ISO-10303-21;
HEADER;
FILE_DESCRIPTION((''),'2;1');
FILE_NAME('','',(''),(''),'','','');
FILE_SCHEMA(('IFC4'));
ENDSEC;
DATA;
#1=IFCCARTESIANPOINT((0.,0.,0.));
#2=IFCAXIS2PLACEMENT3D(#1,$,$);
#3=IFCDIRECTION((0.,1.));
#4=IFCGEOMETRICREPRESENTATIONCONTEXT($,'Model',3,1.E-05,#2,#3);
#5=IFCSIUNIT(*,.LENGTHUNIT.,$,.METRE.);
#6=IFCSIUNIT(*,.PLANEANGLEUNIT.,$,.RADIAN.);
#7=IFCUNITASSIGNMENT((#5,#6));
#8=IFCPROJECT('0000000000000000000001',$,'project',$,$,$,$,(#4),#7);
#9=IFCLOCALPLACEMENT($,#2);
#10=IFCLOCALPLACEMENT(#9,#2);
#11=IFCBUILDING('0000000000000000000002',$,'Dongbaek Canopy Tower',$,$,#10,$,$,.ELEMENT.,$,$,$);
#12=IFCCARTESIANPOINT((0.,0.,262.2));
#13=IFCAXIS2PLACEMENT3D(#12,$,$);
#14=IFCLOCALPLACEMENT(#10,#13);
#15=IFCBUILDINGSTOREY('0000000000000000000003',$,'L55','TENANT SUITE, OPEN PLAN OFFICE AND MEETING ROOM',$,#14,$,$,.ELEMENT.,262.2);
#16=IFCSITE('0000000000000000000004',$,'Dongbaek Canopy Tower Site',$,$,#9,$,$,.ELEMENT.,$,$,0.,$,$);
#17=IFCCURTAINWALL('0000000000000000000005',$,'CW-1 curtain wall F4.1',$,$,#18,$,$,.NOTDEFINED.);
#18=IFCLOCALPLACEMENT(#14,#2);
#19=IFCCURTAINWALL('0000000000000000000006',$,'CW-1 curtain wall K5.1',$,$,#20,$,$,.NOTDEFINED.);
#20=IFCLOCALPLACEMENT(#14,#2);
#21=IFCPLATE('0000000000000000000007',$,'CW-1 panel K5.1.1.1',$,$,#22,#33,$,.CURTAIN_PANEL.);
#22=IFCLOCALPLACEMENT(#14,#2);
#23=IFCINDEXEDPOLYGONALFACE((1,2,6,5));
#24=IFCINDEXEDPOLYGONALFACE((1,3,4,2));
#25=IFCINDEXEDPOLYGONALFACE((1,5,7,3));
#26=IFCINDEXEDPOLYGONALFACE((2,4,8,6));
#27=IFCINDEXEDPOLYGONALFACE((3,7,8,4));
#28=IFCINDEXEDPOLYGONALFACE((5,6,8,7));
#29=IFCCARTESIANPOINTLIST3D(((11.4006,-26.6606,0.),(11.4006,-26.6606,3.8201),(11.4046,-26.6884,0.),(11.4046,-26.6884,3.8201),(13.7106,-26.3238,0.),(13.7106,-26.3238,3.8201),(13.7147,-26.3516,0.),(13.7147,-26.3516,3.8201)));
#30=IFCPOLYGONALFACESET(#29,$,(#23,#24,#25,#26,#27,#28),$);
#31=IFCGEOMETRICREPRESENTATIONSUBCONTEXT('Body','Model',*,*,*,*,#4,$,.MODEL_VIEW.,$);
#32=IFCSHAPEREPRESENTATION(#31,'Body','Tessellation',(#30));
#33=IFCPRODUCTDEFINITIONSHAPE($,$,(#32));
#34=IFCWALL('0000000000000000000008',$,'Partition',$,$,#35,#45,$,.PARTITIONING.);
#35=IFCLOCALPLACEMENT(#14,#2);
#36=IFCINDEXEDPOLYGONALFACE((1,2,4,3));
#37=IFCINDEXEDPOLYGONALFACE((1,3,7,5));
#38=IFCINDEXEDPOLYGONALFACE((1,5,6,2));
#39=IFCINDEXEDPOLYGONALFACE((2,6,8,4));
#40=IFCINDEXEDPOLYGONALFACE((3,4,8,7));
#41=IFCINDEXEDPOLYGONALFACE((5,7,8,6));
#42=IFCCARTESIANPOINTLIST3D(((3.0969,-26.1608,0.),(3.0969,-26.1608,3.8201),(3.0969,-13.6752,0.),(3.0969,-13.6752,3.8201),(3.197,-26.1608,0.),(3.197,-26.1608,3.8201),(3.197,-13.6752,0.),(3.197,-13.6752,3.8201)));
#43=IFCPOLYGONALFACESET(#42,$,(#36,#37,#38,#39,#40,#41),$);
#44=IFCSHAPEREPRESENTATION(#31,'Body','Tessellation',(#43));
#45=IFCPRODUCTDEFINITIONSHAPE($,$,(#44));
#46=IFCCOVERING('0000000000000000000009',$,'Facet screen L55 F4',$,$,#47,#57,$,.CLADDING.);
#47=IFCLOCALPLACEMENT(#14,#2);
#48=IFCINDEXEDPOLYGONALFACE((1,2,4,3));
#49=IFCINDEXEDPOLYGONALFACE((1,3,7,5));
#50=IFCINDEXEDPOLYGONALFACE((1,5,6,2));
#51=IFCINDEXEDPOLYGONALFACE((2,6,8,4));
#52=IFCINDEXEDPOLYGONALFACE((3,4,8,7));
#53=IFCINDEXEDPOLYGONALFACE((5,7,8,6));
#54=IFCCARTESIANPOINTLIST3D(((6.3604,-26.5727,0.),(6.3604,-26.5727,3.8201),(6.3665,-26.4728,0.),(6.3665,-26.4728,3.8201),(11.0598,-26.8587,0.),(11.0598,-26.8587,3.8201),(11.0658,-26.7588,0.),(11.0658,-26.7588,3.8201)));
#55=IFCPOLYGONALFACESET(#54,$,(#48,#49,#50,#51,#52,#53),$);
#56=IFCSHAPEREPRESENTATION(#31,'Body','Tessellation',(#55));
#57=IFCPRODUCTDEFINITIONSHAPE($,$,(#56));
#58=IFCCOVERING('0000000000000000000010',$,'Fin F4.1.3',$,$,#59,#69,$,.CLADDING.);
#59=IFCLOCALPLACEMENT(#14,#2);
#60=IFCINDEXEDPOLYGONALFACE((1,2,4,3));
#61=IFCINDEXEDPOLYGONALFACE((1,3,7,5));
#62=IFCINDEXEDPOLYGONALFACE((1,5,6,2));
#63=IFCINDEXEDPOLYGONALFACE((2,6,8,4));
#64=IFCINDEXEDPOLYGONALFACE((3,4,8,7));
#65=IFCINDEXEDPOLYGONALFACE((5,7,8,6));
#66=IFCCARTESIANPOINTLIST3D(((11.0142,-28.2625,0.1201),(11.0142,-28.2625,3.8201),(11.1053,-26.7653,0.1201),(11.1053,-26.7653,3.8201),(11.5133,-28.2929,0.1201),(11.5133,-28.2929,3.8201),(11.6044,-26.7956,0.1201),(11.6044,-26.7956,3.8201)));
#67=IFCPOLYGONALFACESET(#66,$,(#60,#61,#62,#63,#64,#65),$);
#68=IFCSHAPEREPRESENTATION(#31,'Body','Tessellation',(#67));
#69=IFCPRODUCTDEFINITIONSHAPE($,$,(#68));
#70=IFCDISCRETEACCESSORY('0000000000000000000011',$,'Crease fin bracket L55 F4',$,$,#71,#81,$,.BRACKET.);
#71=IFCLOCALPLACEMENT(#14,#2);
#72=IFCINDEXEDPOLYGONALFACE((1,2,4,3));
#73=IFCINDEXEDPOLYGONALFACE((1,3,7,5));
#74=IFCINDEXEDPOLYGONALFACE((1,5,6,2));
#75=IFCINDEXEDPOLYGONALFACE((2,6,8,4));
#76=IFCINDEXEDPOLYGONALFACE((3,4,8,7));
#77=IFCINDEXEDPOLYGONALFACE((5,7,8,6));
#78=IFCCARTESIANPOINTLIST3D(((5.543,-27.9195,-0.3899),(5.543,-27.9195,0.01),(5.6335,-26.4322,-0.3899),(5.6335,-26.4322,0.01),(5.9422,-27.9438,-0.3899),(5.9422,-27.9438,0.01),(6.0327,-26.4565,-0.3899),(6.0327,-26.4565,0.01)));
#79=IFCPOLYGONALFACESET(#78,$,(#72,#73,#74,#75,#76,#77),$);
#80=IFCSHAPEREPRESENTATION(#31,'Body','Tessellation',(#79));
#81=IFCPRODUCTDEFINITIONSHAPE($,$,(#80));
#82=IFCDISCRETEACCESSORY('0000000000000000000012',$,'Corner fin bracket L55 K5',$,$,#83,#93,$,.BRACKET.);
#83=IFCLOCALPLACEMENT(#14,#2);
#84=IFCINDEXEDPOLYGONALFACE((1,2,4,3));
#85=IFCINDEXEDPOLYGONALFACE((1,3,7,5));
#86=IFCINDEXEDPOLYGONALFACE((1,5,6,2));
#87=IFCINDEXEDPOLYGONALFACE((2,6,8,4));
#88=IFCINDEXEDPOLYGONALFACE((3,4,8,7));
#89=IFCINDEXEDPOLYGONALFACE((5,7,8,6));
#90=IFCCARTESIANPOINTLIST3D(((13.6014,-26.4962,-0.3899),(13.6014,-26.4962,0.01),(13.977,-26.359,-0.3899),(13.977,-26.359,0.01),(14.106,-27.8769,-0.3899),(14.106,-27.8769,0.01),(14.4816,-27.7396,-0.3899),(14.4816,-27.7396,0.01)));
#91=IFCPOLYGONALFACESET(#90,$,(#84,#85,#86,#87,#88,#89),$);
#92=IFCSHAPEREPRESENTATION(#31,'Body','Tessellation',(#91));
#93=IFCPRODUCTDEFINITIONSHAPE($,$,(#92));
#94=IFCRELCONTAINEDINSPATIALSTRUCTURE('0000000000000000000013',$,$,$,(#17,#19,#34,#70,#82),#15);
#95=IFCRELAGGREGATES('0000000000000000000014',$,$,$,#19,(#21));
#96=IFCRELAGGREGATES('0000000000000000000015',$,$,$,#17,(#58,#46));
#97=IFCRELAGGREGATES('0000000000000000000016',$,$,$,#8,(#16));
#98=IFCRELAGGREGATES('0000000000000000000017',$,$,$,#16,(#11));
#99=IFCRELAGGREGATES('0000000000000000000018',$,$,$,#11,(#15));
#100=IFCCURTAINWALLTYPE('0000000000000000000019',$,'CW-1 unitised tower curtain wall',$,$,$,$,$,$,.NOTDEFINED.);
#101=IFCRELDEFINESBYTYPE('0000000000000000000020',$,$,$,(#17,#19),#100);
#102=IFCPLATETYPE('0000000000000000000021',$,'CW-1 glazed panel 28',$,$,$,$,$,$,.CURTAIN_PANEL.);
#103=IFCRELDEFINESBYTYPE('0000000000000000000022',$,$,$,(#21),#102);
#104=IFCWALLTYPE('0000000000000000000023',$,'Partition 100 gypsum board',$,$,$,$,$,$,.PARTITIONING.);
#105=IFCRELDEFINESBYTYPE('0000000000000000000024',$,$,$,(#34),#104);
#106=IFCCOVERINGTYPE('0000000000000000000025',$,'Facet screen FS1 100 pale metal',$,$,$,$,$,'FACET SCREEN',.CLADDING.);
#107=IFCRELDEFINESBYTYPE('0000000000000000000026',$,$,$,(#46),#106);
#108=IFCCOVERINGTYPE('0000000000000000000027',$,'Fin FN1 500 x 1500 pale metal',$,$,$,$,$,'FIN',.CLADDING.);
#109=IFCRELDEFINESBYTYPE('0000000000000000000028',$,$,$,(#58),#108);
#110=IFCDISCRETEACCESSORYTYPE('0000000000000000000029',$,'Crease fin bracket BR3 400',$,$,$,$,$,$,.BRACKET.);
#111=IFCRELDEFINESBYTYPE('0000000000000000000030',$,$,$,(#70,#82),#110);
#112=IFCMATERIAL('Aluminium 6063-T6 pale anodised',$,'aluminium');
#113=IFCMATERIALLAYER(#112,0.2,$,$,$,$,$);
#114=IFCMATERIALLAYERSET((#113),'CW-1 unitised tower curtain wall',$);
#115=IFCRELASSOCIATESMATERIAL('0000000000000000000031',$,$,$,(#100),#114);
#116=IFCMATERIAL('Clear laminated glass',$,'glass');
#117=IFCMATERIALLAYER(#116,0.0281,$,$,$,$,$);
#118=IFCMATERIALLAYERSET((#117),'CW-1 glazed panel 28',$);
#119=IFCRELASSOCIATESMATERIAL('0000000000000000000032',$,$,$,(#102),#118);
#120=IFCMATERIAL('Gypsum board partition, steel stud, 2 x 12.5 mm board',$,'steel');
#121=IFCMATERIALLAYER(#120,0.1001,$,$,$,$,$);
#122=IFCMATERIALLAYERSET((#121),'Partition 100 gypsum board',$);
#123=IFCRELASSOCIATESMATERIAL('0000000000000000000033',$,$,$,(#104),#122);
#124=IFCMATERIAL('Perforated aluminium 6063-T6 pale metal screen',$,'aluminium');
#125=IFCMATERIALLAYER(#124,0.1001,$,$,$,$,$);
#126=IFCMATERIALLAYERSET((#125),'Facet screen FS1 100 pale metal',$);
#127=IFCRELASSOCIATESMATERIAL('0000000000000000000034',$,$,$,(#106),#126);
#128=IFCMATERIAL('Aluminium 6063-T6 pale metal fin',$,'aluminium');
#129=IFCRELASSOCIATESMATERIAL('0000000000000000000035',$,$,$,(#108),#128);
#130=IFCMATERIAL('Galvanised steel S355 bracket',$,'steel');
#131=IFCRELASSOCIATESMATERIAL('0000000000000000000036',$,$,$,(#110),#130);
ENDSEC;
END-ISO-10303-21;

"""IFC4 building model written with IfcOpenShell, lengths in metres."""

from ifc_helpers import new_model, si_unit, direction, frame, frame_2d, origin, origin_2d, place, context, subcontext, project, spatial, rectangle, extrude, material, layer, layer_set, material_profile, profile_set, type_object, element, aggregate, save


model = new_model("IFC4")

# Units and contexts
model_context = context("Model", 3, precision=1e-05, world=origin(), true_north=direction((0.0, 1.0)))
body_context = subcontext(model_context, "Body", "Model", "MODEL_VIEW")
ifc_project = project(units=[si_unit("LENGTHUNIT", "METRE"), si_unit("PLANEANGLEUNIT", "RADIAN")], contexts=[model_context])

# Site, building, storey
site_placement = place(None, origin())
site = spatial("IfcSite", under=ifc_project, at=site_placement, Name="Dongbaek Canopy Tower Site", CompositionType="ELEMENT", RefElevation=0.0)
building_placement = place(site_placement, origin())
building = spatial("IfcBuilding", under=site, at=building_placement, Name="Dongbaek Canopy Tower", CompositionType="ELEMENT")
storey_placement = place(building_placement, frame((0.0, 0.0, 262.2)))
storey = spatial("IfcBuildingStorey", under=building, at=storey_placement, Name="L55", Description="TENANT SUITE, OPEN PLAN OFFICE AND MEETING ROOM", CompositionType="ELEMENT", Elevation=262.2)

# Curtain wall
ifc_material_1 = material(Name="Aluminium 6063-T6 pale anodised", Category="aluminium")
ifc_layer_1 = layer(ifc_material_1, 0.2)
ifc_layer_set_1 = layer_set([ifc_layer_1], Name="CW-1 unitised tower curtain wall")
curtain_wall_type = type_object("IfcCurtainWallType", Name="CW-1 unitised tower curtain wall", PredefinedType="NOTDEFINED", material=ifc_layer_set_1)
curtain_wall_1_placement = place(storey_placement, origin())
curtain_wall_1 = element("IfcCurtainWall", 1, at=curtain_wall_1_placement, inside=storey, type_object=curtain_wall_type, Name="CW-1 curtain wall F4.1", PredefinedType="NOTDEFINED")

# Curtain wall
curtain_wall_2_placement = place(storey_placement, origin())
curtain_wall_2 = element("IfcCurtainWall", 2, at=curtain_wall_2_placement, inside=storey, type_object=curtain_wall_type, Name="CW-1 curtain wall K5.1", PredefinedType="NOTDEFINED")

# Plate
ifc_material_2 = material(Name="Clear laminated glass", Category="glass")
ifc_layer_2 = layer(ifc_material_2, 0.0281)
ifc_layer_set_2 = layer_set([ifc_layer_2], Name="CW-1 glazed panel 28")
plate_type = type_object("IfcPlateType", Name="CW-1 glazed panel 28", PredefinedType="CURTAIN_PANEL", material=ifc_layer_set_2)
plate_1_placement = place(storey_placement, frame((12.5576, -26.5061, 0.0), z_axis=(0.0, 0.0, 1.0), x_axis=(0.989536, 0.144286, 0.0)))
plate_1 = element("IfcPlate", 3, at=plate_1_placement, type_object=plate_type, Name="CW-1 panel K5.1.1.1", PredefinedType="CURTAIN_PANEL", context=body_context, shape_type="SweptSolid", body=[
    extrude(rectangle(XDim=2.3345, YDim=0.0281, at=origin_2d()), origin(), (0.0, 0.0, 1.0), 3.8201),
])
aggregate(curtain_wall_2, [plate_1])

# Wall
ifc_material_3 = material(Name="Gypsum board partition, steel stud, 2 x 12.5 mm board", Category="steel")
ifc_layer_3 = layer(ifc_material_3, 0.1001)
ifc_layer_set_3 = layer_set([ifc_layer_3], Name="Partition 100 gypsum board")
wall_type = type_object("IfcWallType", Name="Partition 100 gypsum board", PredefinedType="PARTITIONING", material=ifc_layer_set_3)
wall_placement = place(storey_placement, frame((3.147, -26.1606, 0.0), z_axis=(0.0, 0.0, 1.0), x_axis=(0.0, 1.0, 0.0)))
element("IfcWall", 4, at=wall_placement, inside=storey, type_object=wall_type, Name="Partition", PredefinedType="PARTITIONING", context=body_context, shape_type="SweptSolid", body=[
    extrude(rectangle(XDim=12.4856, YDim=0.1001, at=frame_2d((6.2427, 0.0))), origin(), (0.0, 0.0, 1.0), 3.8201),
])

# Coverings
ifc_material_4 = material(Name="Perforated aluminium 6063-T6 pale metal screen", Category="aluminium")
ifc_layer_4 = layer(ifc_material_4, 0.1001)
ifc_layer_set_4 = layer_set([ifc_layer_4], Name="Facet screen FS1 100 pale metal")
covering_type_1 = type_object("IfcCoveringType", Name="Facet screen FS1 100 pale metal", ElementType="FACET SCREEN", PredefinedType="CLADDING", material=ifc_layer_set_4)
covering_1_placement = place(storey_placement, frame((8.7131, -26.6658, 0.0), z_axis=(0.0, 0.0, 1.0), x_axis=(0.998153, -0.060745, 0.0)))
covering_1 = element("IfcCovering", 5, at=covering_1_placement, type_object=covering_type_1, Name="Facet screen L55 F4", PredefinedType="CLADDING", context=body_context, shape_type="SweptSolid", body=[
    extrude(rectangle(XDim=4.708, YDim=0.1001, at=origin_2d()), origin(), (0.0, 0.0, 1.0), 3.8201),
])
ifc_material_5 = material(Name="Aluminium 6063-T6 pale metal fin", Category="aluminium")
ifc_material_profile_1 = material_profile(ifc_material_5, rectangle(XDim=1.5, YDim=0.5, at=origin_2d()), Name="Fin FN1 500 x 1500 pale metal")
ifc_profile_set_1 = profile_set([ifc_material_profile_1], Name="Aluminium 6063-T6 pale metal fin")
covering_type_2 = type_object("IfcCoveringType", Name="Fin FN1 500 x 1500 pale metal", ElementType="FIN", PredefinedType="CLADDING", material=ifc_profile_set_1)
covering_2_placement = place(storey_placement, frame((11.3093, -27.5291, 0.1201), z_axis=(0.0, 0.0, 1.0), x_axis=(-0.060746, -0.998153, 0.0)))
covering_2 = element("IfcCovering", 6, at=covering_2_placement, type_object=covering_type_2, Name="Fin F4.1.3", PredefinedType="CLADDING", context=body_context, shape_type="SweptSolid", body=[
    extrude(rectangle(XDim=1.5, YDim=0.5, at=origin_2d()), origin(), (0.0, 0.0, 1.0), 3.7),
])
aggregate(curtain_wall_1, [covering_2, covering_1])

# Discrete accessories
ifc_material_6 = material(Name="Galvanised steel S355 bracket", Category="steel")
discrete_accessory_type = type_object("IfcDiscreteAccessoryType", Name="Crease fin bracket BR3 400", PredefinedType="BRACKET", material=ifc_material_6)
discrete_accessory_1_placement = place(storey_placement, frame((5.7878, -27.188, -0.3899), z_axis=(0.0, 0.0, 1.0), x_axis=(-0.060745, -0.998153, 0.0)))
element("IfcDiscreteAccessory", 7, at=discrete_accessory_1_placement, inside=storey, type_object=discrete_accessory_type, Name="Crease fin bracket L55 F4", PredefinedType="BRACKET", context=body_context, shape_type="SweptSolid", body=[
    extrude(rectangle(XDim=1.49, YDim=0.3999, at=origin_2d()), origin(), (0.0, 0.0, 1.0), 0.3999),
])
discrete_accessory_2_placement = place(storey_placement, frame((14.0415, -27.1179, -0.3899), z_axis=(0.0, 0.0, 1.0), x_axis=(0.343242, -0.939247, 0.0)))
element("IfcDiscreteAccessory", 8, at=discrete_accessory_2_placement, inside=storey, type_object=discrete_accessory_type, Name="Corner fin bracket L55 K5", PredefinedType="BRACKET", context=body_context, shape_type="SweptSolid", body=[
    extrude(rectangle(XDim=1.47, YDim=0.3999, at=origin_2d()), origin(), (0.0, 0.0, 1.0), 0.3999),
])

save(model, "model.ifc")
